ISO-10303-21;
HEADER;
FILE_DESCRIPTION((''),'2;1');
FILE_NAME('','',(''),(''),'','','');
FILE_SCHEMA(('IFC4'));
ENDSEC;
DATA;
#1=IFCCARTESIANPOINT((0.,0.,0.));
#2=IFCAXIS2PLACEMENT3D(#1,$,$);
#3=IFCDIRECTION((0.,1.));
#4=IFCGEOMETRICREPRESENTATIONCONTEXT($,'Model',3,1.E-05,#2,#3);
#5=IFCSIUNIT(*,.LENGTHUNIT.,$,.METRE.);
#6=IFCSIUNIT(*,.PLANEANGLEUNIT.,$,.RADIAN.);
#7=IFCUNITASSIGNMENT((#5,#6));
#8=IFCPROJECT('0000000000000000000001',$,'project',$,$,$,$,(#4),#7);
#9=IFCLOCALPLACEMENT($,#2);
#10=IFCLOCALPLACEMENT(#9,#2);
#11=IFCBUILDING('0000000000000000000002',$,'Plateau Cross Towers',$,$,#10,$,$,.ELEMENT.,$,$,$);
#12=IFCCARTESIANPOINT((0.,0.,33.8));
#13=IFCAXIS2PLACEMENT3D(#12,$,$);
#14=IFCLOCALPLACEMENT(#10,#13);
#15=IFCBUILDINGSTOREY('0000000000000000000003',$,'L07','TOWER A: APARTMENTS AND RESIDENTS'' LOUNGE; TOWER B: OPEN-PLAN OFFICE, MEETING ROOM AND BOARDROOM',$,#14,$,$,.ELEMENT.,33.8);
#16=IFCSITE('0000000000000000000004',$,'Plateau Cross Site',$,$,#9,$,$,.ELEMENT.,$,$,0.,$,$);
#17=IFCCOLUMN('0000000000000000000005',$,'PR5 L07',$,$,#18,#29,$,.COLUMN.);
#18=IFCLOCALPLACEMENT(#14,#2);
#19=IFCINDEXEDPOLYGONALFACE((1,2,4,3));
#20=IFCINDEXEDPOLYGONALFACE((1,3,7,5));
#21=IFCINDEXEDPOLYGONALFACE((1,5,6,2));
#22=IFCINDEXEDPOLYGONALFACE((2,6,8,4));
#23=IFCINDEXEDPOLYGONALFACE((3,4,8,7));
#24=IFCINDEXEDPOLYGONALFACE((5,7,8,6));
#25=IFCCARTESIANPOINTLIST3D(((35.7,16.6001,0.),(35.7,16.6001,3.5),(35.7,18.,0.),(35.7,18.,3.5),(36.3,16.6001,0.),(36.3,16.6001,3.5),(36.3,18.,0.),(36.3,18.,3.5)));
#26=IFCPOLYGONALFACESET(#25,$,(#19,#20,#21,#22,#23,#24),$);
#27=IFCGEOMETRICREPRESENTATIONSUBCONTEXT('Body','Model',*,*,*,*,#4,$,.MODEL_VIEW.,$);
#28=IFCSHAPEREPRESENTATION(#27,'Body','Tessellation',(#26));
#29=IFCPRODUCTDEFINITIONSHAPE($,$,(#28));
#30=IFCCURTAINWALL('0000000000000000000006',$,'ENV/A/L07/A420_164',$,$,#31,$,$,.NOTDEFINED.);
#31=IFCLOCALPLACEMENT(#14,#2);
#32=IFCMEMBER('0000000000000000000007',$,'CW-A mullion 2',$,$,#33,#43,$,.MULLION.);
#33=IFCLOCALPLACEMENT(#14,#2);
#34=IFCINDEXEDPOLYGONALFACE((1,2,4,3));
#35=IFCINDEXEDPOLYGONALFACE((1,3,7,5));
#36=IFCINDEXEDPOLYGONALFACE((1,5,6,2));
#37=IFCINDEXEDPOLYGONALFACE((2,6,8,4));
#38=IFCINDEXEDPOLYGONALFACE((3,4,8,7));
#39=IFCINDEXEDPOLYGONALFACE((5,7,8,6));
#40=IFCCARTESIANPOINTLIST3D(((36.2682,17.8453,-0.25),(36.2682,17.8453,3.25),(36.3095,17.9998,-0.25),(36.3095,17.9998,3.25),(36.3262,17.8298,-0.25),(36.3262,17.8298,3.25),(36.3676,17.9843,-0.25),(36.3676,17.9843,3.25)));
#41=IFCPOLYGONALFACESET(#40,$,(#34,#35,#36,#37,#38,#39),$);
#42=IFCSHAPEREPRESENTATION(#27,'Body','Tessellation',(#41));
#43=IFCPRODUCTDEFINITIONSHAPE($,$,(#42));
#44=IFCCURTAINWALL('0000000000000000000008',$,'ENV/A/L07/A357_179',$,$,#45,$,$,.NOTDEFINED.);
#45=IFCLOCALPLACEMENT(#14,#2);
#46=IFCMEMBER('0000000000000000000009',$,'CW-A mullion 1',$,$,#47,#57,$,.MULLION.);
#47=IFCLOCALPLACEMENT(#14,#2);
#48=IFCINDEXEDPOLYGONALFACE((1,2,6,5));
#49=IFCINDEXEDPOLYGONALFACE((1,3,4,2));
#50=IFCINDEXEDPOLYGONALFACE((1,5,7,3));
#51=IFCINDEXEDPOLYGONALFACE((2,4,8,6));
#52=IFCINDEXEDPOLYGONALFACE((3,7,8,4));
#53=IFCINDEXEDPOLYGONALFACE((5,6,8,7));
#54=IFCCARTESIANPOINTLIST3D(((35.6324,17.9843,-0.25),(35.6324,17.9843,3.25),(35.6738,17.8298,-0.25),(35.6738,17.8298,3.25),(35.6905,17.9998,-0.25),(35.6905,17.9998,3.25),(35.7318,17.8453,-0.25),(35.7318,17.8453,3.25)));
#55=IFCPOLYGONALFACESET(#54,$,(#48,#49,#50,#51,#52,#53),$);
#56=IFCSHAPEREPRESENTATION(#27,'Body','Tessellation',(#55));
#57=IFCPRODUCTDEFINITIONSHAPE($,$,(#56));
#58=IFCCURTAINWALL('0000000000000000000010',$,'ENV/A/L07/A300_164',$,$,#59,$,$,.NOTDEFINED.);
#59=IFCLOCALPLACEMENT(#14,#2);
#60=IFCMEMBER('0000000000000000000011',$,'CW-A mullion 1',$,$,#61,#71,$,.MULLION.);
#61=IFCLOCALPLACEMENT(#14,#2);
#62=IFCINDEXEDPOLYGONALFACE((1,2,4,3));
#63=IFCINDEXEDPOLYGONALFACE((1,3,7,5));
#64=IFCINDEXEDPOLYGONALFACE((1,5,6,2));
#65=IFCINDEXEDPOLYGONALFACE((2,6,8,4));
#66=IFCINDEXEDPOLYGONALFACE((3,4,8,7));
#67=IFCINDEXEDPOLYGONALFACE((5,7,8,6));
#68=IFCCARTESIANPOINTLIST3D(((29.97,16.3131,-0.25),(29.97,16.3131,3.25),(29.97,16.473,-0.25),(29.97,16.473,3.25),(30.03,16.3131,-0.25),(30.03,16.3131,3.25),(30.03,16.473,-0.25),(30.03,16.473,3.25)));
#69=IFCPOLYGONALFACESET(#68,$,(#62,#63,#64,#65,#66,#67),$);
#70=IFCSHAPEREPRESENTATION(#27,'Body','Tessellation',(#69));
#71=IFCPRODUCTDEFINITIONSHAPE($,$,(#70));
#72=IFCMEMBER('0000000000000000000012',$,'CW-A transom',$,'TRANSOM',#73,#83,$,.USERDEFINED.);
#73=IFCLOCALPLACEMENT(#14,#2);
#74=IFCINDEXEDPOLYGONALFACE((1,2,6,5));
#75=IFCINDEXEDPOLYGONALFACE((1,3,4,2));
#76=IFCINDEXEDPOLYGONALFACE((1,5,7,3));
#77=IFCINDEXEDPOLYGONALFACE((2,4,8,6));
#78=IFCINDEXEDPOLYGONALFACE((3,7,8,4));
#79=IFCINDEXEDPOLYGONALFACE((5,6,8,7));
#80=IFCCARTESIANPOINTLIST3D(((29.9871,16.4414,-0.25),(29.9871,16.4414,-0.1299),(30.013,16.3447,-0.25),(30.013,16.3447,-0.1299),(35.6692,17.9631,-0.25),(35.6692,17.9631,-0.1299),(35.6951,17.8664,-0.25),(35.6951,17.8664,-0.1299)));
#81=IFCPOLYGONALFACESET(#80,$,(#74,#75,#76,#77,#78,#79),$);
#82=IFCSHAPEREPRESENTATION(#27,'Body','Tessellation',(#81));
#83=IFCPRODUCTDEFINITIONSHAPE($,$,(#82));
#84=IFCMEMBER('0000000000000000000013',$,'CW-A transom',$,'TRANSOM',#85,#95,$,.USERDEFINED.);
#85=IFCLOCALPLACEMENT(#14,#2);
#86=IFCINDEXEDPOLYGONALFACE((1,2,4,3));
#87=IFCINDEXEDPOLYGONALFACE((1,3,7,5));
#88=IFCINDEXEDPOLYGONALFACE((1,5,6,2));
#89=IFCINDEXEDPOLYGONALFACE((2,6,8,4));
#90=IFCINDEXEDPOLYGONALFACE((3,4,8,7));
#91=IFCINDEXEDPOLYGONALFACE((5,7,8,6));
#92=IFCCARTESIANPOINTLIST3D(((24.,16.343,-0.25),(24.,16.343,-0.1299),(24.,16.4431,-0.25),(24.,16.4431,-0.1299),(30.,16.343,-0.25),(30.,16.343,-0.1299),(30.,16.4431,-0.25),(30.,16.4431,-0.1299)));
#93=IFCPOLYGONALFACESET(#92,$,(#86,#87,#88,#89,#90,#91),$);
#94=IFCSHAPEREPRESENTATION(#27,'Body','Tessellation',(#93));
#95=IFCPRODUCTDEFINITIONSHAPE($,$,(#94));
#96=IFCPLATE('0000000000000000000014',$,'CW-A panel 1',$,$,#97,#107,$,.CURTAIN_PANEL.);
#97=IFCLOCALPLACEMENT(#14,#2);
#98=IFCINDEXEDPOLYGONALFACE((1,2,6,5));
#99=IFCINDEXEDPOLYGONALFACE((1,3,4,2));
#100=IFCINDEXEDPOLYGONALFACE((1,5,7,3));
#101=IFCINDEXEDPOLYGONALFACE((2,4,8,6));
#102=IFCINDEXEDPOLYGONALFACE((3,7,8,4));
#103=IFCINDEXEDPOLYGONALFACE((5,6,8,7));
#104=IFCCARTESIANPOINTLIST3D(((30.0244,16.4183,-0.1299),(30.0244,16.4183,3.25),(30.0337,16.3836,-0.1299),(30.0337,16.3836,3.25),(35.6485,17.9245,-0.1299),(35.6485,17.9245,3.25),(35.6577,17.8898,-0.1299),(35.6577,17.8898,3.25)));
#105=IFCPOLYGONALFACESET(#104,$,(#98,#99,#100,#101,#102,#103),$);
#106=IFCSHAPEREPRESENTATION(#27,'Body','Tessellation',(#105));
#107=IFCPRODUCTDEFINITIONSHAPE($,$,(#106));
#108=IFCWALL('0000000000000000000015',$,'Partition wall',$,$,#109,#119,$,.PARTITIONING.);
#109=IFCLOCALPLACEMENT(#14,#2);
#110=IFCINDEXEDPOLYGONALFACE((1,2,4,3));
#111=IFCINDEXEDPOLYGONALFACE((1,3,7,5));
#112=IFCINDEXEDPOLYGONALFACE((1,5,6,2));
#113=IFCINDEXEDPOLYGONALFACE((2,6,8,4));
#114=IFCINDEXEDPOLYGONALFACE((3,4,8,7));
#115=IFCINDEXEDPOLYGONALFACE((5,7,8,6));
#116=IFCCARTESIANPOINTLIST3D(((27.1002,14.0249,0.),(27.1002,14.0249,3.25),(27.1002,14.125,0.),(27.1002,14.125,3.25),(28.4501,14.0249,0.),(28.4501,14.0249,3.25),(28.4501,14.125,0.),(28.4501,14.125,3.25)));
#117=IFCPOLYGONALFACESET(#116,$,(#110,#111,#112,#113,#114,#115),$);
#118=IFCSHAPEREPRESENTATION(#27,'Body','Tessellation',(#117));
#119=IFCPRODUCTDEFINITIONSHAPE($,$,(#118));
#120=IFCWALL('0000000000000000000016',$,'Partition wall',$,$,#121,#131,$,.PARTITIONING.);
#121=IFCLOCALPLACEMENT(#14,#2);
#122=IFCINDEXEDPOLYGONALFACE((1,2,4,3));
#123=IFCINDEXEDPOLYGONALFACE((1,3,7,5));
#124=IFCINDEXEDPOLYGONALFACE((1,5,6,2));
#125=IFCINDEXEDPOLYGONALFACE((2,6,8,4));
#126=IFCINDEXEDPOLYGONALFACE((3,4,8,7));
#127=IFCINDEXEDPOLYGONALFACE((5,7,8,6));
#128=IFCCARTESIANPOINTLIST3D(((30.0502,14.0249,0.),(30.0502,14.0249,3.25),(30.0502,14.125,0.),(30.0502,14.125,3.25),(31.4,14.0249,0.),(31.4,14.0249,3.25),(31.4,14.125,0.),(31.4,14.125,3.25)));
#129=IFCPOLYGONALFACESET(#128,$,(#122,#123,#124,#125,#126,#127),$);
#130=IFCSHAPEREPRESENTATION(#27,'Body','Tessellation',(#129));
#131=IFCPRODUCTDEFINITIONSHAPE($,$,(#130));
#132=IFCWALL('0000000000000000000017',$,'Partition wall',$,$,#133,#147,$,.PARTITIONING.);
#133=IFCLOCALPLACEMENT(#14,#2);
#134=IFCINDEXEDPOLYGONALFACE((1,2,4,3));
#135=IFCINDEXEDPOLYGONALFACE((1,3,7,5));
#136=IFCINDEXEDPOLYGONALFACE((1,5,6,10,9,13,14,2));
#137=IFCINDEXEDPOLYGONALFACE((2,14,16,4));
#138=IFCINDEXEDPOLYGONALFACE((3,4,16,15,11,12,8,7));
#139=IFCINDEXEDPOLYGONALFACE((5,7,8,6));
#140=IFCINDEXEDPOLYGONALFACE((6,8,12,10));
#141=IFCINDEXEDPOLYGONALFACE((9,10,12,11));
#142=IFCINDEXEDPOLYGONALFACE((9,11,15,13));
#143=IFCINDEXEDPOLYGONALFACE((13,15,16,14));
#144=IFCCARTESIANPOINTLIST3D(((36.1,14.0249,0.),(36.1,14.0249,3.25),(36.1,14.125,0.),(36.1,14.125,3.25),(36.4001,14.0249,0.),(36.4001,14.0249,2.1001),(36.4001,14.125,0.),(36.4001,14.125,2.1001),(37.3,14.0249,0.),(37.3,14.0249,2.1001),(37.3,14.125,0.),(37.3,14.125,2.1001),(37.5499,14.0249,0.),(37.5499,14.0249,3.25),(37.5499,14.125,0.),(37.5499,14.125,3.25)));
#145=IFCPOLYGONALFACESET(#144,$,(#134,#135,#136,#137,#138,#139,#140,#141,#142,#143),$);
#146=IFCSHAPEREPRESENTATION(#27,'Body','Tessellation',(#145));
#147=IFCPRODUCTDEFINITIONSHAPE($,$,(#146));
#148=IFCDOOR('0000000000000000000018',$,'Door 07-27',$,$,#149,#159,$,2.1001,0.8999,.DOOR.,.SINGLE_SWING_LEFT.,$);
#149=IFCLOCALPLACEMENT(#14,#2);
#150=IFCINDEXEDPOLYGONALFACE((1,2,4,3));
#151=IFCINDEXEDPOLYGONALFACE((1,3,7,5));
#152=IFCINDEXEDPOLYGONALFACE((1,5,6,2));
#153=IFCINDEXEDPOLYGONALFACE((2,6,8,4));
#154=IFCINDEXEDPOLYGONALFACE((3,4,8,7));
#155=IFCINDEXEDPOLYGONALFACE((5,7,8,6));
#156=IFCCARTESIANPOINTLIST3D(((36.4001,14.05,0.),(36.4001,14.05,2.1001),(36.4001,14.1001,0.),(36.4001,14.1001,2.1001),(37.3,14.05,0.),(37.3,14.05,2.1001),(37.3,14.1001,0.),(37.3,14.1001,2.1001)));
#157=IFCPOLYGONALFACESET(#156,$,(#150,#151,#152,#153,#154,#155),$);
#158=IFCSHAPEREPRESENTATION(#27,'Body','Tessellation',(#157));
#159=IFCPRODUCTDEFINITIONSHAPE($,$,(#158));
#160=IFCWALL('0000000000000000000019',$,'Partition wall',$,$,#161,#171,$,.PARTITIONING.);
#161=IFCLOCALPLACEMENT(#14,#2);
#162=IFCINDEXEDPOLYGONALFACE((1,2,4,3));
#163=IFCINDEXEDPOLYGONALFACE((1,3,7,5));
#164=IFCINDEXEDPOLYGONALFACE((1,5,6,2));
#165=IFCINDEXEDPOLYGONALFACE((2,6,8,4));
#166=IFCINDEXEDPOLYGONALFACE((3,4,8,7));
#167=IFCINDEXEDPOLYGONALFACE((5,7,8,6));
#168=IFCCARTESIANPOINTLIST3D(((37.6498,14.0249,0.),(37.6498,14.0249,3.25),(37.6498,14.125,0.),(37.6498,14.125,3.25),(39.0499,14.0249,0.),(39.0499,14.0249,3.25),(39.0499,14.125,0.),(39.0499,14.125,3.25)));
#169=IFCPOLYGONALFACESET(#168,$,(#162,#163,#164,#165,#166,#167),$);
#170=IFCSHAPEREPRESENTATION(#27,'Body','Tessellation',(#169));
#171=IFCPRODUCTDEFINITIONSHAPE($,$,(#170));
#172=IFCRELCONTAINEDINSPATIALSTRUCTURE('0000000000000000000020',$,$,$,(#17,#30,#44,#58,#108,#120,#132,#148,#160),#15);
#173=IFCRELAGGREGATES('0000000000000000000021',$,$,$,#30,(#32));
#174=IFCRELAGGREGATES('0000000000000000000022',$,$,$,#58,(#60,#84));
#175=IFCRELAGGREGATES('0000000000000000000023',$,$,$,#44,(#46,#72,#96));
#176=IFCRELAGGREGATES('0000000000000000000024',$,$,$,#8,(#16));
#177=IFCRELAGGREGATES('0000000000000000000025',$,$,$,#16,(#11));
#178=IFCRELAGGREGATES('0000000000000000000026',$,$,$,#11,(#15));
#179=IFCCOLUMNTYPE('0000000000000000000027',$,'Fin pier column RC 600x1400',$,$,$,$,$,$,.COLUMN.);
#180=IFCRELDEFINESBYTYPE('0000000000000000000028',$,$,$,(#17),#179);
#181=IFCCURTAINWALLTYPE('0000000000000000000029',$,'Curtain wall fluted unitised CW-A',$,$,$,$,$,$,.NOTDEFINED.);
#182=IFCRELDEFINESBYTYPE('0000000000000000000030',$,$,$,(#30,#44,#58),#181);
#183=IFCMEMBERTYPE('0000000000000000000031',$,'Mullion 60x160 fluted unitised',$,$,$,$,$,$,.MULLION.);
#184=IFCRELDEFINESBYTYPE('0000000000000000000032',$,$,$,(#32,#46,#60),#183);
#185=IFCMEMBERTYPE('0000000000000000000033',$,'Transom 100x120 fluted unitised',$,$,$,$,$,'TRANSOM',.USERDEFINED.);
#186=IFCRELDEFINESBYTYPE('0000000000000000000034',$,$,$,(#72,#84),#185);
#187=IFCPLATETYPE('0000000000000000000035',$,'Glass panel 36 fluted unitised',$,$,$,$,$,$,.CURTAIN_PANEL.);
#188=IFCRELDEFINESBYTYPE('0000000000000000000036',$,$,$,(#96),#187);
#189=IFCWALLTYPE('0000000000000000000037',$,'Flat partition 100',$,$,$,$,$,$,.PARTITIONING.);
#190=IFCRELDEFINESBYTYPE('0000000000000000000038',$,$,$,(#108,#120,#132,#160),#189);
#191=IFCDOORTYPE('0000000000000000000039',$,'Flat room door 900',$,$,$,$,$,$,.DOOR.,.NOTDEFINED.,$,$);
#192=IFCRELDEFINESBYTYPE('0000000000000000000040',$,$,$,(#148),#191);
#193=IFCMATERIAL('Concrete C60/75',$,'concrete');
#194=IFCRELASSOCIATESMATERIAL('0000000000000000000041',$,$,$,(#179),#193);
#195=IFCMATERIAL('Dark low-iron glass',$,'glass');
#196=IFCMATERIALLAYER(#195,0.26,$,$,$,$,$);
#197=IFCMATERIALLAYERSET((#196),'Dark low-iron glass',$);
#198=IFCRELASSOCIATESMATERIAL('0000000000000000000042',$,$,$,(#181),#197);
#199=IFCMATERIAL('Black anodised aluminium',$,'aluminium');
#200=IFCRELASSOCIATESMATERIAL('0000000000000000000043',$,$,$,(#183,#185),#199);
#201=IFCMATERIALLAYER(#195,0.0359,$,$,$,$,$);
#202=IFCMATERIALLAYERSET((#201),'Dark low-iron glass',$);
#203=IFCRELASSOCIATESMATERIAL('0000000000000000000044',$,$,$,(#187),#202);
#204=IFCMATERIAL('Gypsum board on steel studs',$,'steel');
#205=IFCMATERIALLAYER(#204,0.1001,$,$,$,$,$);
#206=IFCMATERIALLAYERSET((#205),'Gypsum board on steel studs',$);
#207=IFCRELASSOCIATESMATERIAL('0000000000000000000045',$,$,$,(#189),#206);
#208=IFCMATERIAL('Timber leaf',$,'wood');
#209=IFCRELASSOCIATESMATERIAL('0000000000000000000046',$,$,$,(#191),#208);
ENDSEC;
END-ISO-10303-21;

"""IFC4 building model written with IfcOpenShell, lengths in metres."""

from ifc_helpers import new_model, si_unit, direction, frame, frame_2d, origin, origin_2d, place, context, subcontext, project, spatial, rectangle, extrude, material, layer, layer_set, material_profile, profile_set, type_object, element, fill, aggregate, save


model = new_model("IFC4")

# Units and contexts
model_context = context("Model", 3, precision=1e-05, world=origin(), true_north=direction((0.0, 1.0)))
body_context = subcontext(model_context, "Body", "Model", "MODEL_VIEW")
ifc_project = project(units=[si_unit("LENGTHUNIT", "METRE"), si_unit("PLANEANGLEUNIT", "RADIAN")], contexts=[model_context])

# Site, building, storey
site_placement = place(None, origin())
site = spatial("IfcSite", under=ifc_project, at=site_placement, Name="Plateau Cross Site", CompositionType="ELEMENT", RefElevation=0.0)
building_placement = place(site_placement, origin())
building = spatial("IfcBuilding", under=site, at=building_placement, Name="Plateau Cross Towers", CompositionType="ELEMENT")
storey_placement = place(building_placement, frame((0.0, 0.0, 33.8)))
storey = spatial("IfcBuildingStorey", under=building, at=storey_placement, Name="L07", Description="TOWER A: APARTMENTS AND RESIDENTS' LOUNGE; TOWER B: OPEN-PLAN OFFICE, MEETING ROOM AND BOARDROOM", CompositionType="ELEMENT", Elevation=33.8)

# Column
ifc_material_1 = material(Name="Concrete C60/75", Category="concrete")
ifc_material_profile_1 = material_profile(ifc_material_1, rectangle(XDim=0.6001, YDim=1.3999, at=origin_2d()), Name="RC 600x1400")
ifc_profile_set_1 = profile_set([ifc_material_profile_1], Name="Concrete C60/75")
column_type = type_object("IfcColumnType", Name="Fin pier column RC 600x1400", PredefinedType="COLUMN", material=ifc_profile_set_1)
column_placement = place(storey_placement, frame((36.0, 17.3, 0.0), z_axis=(0.0, 0.0, 1.0), x_axis=(1.0, 0.0, 0.0)))
element("IfcColumn", 1, at=column_placement, inside=storey, type_object=column_type, Name="PR5 L07", PredefinedType="COLUMN", context=body_context, shape_type="SweptSolid", body=[
    extrude(rectangle(XDim=0.6001, YDim=1.3999, at=origin_2d()), origin(), (0.0, 0.0, 1.0), 3.5),
])

# Curtain walls, members
ifc_material_2 = material(Name="Dark low-iron glass", Category="glass")
ifc_layer_1 = layer(ifc_material_2, 0.26)
ifc_layer_set_1 = layer_set([ifc_layer_1], Name="Dark low-iron glass")
curtain_wall_type = type_object("IfcCurtainWallType", Name="Curtain wall fluted unitised CW-A", PredefinedType="NOTDEFINED", material=ifc_layer_set_1)
curtain_wall_1_placement = place(storey_placement, origin())
curtain_wall_1 = element("IfcCurtainWall", 2, at=curtain_wall_1_placement, inside=storey, type_object=curtain_wall_type, Name="ENV/A/L07/A420_164", PredefinedType="NOTDEFINED")
ifc_material_3 = material(Name="Black anodised aluminium", Category="aluminium")
ifc_material_profile_2 = material_profile(ifc_material_3, rectangle(XDim=0.0601, YDim=0.1599, at=origin_2d()), Name="MULLION 60x160")
ifc_profile_set_2 = profile_set([ifc_material_profile_2], Name="Black anodised aluminium")
member_type_1 = type_object("IfcMemberType", Name="Mullion 60x160 fluted unitised", PredefinedType="MULLION", material=ifc_profile_set_2)
member_1_placement = place(storey_placement, frame((36.3179, 17.9148, -0.25), z_axis=(0.0, 0.0, 1.0), x_axis=(-0.965958, 0.258699, 0.0)))
member_1 = element("IfcMember", 3, at=member_1_placement, type_object=member_type_1, Name="CW-A mullion 2", PredefinedType="MULLION", context=body_context, shape_type="SweptSolid", body=[
    extrude(rectangle(XDim=0.0601, YDim=0.1599, at=origin_2d()), origin(), (0.0, 0.0, 1.0), 3.5),
])
aggregate(curtain_wall_1, [member_1])
curtain_wall_2_placement = place(storey_placement, origin())
curtain_wall_2 = element("IfcCurtainWall", 4, at=curtain_wall_2_placement, inside=storey, type_object=curtain_wall_type, Name="ENV/A/L07/A357_179", PredefinedType="NOTDEFINED")
member_2_placement = place(storey_placement, frame((35.6821, 17.9148, -0.25), z_axis=(0.0, 0.0, 1.0), x_axis=(-0.965958, -0.258699, 0.0)))
member_2 = element("IfcMember", 5, at=member_2_placement, type_object=member_type_1, Name="CW-A mullion 1", PredefinedType="MULLION", context=body_context, shape_type="SweptSolid", body=[
    extrude(rectangle(XDim=0.0601, YDim=0.1599, at=origin_2d()), origin(), (0.0, 0.0, 1.0), 3.5),
])
curtain_wall_3_placement = place(storey_placement, origin())
curtain_wall_3 = element("IfcCurtainWall", 6, at=curtain_wall_3_placement, inside=storey, type_object=curtain_wall_type, Name="ENV/A/L07/A300_164", PredefinedType="NOTDEFINED")
member_3_placement = place(storey_placement, frame((30.0, 16.3931, -0.25), z_axis=(0.0, 0.0, 1.0), x_axis=(-1.0, 0.0, 0.0)))
member_3 = element("IfcMember", 7, at=member_3_placement, type_object=member_type_1, Name="CW-A mullion 1", PredefinedType="MULLION", context=body_context, shape_type="SweptSolid", body=[
    extrude(rectangle(XDim=0.0601, YDim=0.1599, at=origin_2d()), origin(), (0.0, 0.0, 1.0), 3.5),
])

# Members
ifc_material_profile_3 = material_profile(ifc_material_3, rectangle(XDim=0.1001, YDim=0.1201, at=origin_2d()), Name="TRANSOM 100x120")
ifc_profile_set_3 = profile_set([ifc_material_profile_3], Name="Black anodised aluminium")
member_type_2 = type_object("IfcMemberType", Name="Transom 100x120 fluted unitised", ElementType="TRANSOM", PredefinedType="USERDEFINED", material=ifc_profile_set_3)
member_4_placement = place(storey_placement, frame((35.6821, 17.9148, -0.1899), z_axis=(-0.96596, -0.258693, 0.0), x_axis=(0.258693, -0.96596, 0.0)))
member_4 = element("IfcMember", 8, at=member_4_placement, type_object=member_type_2, Name="CW-A transom", ObjectType="TRANSOM", PredefinedType="USERDEFINED", context=body_context, shape_type="SweptSolid", body=[
    extrude(rectangle(XDim=0.1001, YDim=0.1201, at=origin_2d()), origin(), (0.0, 0.0, 1.0), 5.8823),
])
member_5_placement = place(storey_placement, frame((30.0, 16.3931, -0.1899), z_axis=(-1.0, 0.0, 0.0), x_axis=(0.0, -1.0, 0.0)))
member_5 = element("IfcMember", 9, at=member_5_placement, type_object=member_type_2, Name="CW-A transom", ObjectType="TRANSOM", PredefinedType="USERDEFINED", context=body_context, shape_type="SweptSolid", body=[
    extrude(rectangle(XDim=0.1001, YDim=0.1201, at=origin_2d()), origin(), (0.0, 0.0, 1.0), 6.0),
])
aggregate(curtain_wall_3, [member_3, member_5])

# Plate
ifc_layer_2 = layer(ifc_material_2, 0.0359)
ifc_layer_set_2 = layer_set([ifc_layer_2], Name="Dark low-iron glass")
plate_type = type_object("IfcPlateType", Name="Glass panel 36 fluted unitised", PredefinedType="CURTAIN_PANEL", material=ifc_layer_set_2)
plate_placement = place(storey_placement, frame((32.8411, 17.1541, -0.1299), z_axis=(0.0, 0.0, 1.0), x_axis=(-0.965958, -0.258699, 0.0)))
plate = element("IfcPlate", 10, at=plate_placement, type_object=plate_type, Name="CW-A panel 1", PredefinedType="CURTAIN_PANEL", context=body_context, shape_type="SweptSolid", body=[
    extrude(rectangle(XDim=5.8223, YDim=0.0359, at=origin_2d()), origin(), (0.0, 0.0, 1.0), 3.3799),
])
aggregate(curtain_wall_2, [member_2, member_4, plate])

# Walls
ifc_material_4 = material(Name="Gypsum board on steel studs", Category="steel")
ifc_layer_3 = layer(ifc_material_4, 0.1001)
ifc_layer_set_3 = layer_set([ifc_layer_3], Name="Gypsum board on steel studs")
wall_type_1 = type_object("IfcWallType", Name="Flat partition 100", PredefinedType="PARTITIONING", material=ifc_layer_set_3)
for number, where, z_axis, x_axis, name in (
    (11, (28.45, 14.075, 0.0), (0.0, 0.0, 1.0), (-1.0, 0.0, 0.0), "Partition wall"),
    (12, (31.3999, 14.075, 0.0), (0.0, 0.0, 1.0), (-1.0, 0.0, 0.0), "Partition wall"),
):
    element("IfcWall", number, at=place(storey_placement, frame(where, z_axis=z_axis, x_axis=x_axis)), inside=storey, type_object=wall_type_1, Name=name, PredefinedType="PARTITIONING", context=body_context, shape_type="SweptSolid", body=[
        extrude(rectangle(XDim=1.3499, YDim=0.1001, at=frame_2d((0.6748, 0.0))), origin(), (0.0, 0.0, 1.0), 3.25),
    ])

# Wall, opening, door
wall_1_placement = place(storey_placement, frame((37.55, 14.075, 0.0), z_axis=(0.0, 0.0, 1.0), x_axis=(-1.0, 0.0, 0.0)))
wall_1 = element("IfcWall", 13, at=wall_1_placement, inside=storey, type_object=wall_type_1, Name="Partition wall", PredefinedType="PARTITIONING", context=body_context, shape_type="SweptSolid", body=[
    extrude(rectangle(XDim=1.45, YDim=0.1001, at=frame_2d((0.7251, 0.0))), origin(), (0.0, 0.0, 1.0), 3.25),
])
opening_1_placement = place(wall_1_placement, frame((0.25, 0.0, 0.0)))
opening_1 = element("IfcOpeningElement", 14, at=opening_1_placement, cuts=wall_1, PredefinedType="OPENING", context=body_context, shape_type="SweptSolid", body=[
    extrude(rectangle(XDim=0.8999, YDim=2.1001, at=frame_2d((0.45, 1.05))), frame((0.0, 0.0601, 0.0), z_axis=(0.0, -1.0, 0.0), x_axis=(1.0, 0.0, 0.0)), (0.0, 0.0, 1.0), 0.1201),
])
ifc_material_5 = material(Name="Timber leaf", Category="wood")
door_type = type_object("IfcDoorType", Name="Flat room door 900", OperationType="NOTDEFINED", PredefinedType="DOOR", material=ifc_material_5)
door_1_placement = place(opening_1_placement, origin())
door_1 = element("IfcDoor", 15, at=door_1_placement, inside=storey, type_object=door_type, Name="Door 07-27", OperationType="SINGLE_SWING_LEFT", OverallHeight=2.1001, OverallWidth=0.8999, PredefinedType="DOOR", context=body_context, shape_type="SweptSolid", body=[
    extrude(rectangle(XDim=0.8999, YDim=2.1001, at=frame_2d((0.45, 1.05))), frame((0.0, 0.0249, 0.0), z_axis=(0.0, -1.0, 0.0), x_axis=(1.0, 0.0, 0.0)), (0.0, 0.0, 1.0), 0.05),
])
fill(opening_1, door_1)

# Wall
wall_2_placement = place(storey_placement, frame((39.05, 14.075, 0.0), z_axis=(0.0, 0.0, 1.0), x_axis=(-1.0, 0.0, 0.0)))
element("IfcWall", 16, at=wall_2_placement, inside=storey, type_object=wall_type_1, Name="Partition wall", PredefinedType="PARTITIONING", context=body_context, shape_type="SweptSolid", body=[
    extrude(rectangle(XDim=1.4001, YDim=0.1001, at=frame_2d((0.7002, 0.0))), origin(), (0.0, 0.0, 1.0), 3.25),
])

save(model, "model.ifc")
